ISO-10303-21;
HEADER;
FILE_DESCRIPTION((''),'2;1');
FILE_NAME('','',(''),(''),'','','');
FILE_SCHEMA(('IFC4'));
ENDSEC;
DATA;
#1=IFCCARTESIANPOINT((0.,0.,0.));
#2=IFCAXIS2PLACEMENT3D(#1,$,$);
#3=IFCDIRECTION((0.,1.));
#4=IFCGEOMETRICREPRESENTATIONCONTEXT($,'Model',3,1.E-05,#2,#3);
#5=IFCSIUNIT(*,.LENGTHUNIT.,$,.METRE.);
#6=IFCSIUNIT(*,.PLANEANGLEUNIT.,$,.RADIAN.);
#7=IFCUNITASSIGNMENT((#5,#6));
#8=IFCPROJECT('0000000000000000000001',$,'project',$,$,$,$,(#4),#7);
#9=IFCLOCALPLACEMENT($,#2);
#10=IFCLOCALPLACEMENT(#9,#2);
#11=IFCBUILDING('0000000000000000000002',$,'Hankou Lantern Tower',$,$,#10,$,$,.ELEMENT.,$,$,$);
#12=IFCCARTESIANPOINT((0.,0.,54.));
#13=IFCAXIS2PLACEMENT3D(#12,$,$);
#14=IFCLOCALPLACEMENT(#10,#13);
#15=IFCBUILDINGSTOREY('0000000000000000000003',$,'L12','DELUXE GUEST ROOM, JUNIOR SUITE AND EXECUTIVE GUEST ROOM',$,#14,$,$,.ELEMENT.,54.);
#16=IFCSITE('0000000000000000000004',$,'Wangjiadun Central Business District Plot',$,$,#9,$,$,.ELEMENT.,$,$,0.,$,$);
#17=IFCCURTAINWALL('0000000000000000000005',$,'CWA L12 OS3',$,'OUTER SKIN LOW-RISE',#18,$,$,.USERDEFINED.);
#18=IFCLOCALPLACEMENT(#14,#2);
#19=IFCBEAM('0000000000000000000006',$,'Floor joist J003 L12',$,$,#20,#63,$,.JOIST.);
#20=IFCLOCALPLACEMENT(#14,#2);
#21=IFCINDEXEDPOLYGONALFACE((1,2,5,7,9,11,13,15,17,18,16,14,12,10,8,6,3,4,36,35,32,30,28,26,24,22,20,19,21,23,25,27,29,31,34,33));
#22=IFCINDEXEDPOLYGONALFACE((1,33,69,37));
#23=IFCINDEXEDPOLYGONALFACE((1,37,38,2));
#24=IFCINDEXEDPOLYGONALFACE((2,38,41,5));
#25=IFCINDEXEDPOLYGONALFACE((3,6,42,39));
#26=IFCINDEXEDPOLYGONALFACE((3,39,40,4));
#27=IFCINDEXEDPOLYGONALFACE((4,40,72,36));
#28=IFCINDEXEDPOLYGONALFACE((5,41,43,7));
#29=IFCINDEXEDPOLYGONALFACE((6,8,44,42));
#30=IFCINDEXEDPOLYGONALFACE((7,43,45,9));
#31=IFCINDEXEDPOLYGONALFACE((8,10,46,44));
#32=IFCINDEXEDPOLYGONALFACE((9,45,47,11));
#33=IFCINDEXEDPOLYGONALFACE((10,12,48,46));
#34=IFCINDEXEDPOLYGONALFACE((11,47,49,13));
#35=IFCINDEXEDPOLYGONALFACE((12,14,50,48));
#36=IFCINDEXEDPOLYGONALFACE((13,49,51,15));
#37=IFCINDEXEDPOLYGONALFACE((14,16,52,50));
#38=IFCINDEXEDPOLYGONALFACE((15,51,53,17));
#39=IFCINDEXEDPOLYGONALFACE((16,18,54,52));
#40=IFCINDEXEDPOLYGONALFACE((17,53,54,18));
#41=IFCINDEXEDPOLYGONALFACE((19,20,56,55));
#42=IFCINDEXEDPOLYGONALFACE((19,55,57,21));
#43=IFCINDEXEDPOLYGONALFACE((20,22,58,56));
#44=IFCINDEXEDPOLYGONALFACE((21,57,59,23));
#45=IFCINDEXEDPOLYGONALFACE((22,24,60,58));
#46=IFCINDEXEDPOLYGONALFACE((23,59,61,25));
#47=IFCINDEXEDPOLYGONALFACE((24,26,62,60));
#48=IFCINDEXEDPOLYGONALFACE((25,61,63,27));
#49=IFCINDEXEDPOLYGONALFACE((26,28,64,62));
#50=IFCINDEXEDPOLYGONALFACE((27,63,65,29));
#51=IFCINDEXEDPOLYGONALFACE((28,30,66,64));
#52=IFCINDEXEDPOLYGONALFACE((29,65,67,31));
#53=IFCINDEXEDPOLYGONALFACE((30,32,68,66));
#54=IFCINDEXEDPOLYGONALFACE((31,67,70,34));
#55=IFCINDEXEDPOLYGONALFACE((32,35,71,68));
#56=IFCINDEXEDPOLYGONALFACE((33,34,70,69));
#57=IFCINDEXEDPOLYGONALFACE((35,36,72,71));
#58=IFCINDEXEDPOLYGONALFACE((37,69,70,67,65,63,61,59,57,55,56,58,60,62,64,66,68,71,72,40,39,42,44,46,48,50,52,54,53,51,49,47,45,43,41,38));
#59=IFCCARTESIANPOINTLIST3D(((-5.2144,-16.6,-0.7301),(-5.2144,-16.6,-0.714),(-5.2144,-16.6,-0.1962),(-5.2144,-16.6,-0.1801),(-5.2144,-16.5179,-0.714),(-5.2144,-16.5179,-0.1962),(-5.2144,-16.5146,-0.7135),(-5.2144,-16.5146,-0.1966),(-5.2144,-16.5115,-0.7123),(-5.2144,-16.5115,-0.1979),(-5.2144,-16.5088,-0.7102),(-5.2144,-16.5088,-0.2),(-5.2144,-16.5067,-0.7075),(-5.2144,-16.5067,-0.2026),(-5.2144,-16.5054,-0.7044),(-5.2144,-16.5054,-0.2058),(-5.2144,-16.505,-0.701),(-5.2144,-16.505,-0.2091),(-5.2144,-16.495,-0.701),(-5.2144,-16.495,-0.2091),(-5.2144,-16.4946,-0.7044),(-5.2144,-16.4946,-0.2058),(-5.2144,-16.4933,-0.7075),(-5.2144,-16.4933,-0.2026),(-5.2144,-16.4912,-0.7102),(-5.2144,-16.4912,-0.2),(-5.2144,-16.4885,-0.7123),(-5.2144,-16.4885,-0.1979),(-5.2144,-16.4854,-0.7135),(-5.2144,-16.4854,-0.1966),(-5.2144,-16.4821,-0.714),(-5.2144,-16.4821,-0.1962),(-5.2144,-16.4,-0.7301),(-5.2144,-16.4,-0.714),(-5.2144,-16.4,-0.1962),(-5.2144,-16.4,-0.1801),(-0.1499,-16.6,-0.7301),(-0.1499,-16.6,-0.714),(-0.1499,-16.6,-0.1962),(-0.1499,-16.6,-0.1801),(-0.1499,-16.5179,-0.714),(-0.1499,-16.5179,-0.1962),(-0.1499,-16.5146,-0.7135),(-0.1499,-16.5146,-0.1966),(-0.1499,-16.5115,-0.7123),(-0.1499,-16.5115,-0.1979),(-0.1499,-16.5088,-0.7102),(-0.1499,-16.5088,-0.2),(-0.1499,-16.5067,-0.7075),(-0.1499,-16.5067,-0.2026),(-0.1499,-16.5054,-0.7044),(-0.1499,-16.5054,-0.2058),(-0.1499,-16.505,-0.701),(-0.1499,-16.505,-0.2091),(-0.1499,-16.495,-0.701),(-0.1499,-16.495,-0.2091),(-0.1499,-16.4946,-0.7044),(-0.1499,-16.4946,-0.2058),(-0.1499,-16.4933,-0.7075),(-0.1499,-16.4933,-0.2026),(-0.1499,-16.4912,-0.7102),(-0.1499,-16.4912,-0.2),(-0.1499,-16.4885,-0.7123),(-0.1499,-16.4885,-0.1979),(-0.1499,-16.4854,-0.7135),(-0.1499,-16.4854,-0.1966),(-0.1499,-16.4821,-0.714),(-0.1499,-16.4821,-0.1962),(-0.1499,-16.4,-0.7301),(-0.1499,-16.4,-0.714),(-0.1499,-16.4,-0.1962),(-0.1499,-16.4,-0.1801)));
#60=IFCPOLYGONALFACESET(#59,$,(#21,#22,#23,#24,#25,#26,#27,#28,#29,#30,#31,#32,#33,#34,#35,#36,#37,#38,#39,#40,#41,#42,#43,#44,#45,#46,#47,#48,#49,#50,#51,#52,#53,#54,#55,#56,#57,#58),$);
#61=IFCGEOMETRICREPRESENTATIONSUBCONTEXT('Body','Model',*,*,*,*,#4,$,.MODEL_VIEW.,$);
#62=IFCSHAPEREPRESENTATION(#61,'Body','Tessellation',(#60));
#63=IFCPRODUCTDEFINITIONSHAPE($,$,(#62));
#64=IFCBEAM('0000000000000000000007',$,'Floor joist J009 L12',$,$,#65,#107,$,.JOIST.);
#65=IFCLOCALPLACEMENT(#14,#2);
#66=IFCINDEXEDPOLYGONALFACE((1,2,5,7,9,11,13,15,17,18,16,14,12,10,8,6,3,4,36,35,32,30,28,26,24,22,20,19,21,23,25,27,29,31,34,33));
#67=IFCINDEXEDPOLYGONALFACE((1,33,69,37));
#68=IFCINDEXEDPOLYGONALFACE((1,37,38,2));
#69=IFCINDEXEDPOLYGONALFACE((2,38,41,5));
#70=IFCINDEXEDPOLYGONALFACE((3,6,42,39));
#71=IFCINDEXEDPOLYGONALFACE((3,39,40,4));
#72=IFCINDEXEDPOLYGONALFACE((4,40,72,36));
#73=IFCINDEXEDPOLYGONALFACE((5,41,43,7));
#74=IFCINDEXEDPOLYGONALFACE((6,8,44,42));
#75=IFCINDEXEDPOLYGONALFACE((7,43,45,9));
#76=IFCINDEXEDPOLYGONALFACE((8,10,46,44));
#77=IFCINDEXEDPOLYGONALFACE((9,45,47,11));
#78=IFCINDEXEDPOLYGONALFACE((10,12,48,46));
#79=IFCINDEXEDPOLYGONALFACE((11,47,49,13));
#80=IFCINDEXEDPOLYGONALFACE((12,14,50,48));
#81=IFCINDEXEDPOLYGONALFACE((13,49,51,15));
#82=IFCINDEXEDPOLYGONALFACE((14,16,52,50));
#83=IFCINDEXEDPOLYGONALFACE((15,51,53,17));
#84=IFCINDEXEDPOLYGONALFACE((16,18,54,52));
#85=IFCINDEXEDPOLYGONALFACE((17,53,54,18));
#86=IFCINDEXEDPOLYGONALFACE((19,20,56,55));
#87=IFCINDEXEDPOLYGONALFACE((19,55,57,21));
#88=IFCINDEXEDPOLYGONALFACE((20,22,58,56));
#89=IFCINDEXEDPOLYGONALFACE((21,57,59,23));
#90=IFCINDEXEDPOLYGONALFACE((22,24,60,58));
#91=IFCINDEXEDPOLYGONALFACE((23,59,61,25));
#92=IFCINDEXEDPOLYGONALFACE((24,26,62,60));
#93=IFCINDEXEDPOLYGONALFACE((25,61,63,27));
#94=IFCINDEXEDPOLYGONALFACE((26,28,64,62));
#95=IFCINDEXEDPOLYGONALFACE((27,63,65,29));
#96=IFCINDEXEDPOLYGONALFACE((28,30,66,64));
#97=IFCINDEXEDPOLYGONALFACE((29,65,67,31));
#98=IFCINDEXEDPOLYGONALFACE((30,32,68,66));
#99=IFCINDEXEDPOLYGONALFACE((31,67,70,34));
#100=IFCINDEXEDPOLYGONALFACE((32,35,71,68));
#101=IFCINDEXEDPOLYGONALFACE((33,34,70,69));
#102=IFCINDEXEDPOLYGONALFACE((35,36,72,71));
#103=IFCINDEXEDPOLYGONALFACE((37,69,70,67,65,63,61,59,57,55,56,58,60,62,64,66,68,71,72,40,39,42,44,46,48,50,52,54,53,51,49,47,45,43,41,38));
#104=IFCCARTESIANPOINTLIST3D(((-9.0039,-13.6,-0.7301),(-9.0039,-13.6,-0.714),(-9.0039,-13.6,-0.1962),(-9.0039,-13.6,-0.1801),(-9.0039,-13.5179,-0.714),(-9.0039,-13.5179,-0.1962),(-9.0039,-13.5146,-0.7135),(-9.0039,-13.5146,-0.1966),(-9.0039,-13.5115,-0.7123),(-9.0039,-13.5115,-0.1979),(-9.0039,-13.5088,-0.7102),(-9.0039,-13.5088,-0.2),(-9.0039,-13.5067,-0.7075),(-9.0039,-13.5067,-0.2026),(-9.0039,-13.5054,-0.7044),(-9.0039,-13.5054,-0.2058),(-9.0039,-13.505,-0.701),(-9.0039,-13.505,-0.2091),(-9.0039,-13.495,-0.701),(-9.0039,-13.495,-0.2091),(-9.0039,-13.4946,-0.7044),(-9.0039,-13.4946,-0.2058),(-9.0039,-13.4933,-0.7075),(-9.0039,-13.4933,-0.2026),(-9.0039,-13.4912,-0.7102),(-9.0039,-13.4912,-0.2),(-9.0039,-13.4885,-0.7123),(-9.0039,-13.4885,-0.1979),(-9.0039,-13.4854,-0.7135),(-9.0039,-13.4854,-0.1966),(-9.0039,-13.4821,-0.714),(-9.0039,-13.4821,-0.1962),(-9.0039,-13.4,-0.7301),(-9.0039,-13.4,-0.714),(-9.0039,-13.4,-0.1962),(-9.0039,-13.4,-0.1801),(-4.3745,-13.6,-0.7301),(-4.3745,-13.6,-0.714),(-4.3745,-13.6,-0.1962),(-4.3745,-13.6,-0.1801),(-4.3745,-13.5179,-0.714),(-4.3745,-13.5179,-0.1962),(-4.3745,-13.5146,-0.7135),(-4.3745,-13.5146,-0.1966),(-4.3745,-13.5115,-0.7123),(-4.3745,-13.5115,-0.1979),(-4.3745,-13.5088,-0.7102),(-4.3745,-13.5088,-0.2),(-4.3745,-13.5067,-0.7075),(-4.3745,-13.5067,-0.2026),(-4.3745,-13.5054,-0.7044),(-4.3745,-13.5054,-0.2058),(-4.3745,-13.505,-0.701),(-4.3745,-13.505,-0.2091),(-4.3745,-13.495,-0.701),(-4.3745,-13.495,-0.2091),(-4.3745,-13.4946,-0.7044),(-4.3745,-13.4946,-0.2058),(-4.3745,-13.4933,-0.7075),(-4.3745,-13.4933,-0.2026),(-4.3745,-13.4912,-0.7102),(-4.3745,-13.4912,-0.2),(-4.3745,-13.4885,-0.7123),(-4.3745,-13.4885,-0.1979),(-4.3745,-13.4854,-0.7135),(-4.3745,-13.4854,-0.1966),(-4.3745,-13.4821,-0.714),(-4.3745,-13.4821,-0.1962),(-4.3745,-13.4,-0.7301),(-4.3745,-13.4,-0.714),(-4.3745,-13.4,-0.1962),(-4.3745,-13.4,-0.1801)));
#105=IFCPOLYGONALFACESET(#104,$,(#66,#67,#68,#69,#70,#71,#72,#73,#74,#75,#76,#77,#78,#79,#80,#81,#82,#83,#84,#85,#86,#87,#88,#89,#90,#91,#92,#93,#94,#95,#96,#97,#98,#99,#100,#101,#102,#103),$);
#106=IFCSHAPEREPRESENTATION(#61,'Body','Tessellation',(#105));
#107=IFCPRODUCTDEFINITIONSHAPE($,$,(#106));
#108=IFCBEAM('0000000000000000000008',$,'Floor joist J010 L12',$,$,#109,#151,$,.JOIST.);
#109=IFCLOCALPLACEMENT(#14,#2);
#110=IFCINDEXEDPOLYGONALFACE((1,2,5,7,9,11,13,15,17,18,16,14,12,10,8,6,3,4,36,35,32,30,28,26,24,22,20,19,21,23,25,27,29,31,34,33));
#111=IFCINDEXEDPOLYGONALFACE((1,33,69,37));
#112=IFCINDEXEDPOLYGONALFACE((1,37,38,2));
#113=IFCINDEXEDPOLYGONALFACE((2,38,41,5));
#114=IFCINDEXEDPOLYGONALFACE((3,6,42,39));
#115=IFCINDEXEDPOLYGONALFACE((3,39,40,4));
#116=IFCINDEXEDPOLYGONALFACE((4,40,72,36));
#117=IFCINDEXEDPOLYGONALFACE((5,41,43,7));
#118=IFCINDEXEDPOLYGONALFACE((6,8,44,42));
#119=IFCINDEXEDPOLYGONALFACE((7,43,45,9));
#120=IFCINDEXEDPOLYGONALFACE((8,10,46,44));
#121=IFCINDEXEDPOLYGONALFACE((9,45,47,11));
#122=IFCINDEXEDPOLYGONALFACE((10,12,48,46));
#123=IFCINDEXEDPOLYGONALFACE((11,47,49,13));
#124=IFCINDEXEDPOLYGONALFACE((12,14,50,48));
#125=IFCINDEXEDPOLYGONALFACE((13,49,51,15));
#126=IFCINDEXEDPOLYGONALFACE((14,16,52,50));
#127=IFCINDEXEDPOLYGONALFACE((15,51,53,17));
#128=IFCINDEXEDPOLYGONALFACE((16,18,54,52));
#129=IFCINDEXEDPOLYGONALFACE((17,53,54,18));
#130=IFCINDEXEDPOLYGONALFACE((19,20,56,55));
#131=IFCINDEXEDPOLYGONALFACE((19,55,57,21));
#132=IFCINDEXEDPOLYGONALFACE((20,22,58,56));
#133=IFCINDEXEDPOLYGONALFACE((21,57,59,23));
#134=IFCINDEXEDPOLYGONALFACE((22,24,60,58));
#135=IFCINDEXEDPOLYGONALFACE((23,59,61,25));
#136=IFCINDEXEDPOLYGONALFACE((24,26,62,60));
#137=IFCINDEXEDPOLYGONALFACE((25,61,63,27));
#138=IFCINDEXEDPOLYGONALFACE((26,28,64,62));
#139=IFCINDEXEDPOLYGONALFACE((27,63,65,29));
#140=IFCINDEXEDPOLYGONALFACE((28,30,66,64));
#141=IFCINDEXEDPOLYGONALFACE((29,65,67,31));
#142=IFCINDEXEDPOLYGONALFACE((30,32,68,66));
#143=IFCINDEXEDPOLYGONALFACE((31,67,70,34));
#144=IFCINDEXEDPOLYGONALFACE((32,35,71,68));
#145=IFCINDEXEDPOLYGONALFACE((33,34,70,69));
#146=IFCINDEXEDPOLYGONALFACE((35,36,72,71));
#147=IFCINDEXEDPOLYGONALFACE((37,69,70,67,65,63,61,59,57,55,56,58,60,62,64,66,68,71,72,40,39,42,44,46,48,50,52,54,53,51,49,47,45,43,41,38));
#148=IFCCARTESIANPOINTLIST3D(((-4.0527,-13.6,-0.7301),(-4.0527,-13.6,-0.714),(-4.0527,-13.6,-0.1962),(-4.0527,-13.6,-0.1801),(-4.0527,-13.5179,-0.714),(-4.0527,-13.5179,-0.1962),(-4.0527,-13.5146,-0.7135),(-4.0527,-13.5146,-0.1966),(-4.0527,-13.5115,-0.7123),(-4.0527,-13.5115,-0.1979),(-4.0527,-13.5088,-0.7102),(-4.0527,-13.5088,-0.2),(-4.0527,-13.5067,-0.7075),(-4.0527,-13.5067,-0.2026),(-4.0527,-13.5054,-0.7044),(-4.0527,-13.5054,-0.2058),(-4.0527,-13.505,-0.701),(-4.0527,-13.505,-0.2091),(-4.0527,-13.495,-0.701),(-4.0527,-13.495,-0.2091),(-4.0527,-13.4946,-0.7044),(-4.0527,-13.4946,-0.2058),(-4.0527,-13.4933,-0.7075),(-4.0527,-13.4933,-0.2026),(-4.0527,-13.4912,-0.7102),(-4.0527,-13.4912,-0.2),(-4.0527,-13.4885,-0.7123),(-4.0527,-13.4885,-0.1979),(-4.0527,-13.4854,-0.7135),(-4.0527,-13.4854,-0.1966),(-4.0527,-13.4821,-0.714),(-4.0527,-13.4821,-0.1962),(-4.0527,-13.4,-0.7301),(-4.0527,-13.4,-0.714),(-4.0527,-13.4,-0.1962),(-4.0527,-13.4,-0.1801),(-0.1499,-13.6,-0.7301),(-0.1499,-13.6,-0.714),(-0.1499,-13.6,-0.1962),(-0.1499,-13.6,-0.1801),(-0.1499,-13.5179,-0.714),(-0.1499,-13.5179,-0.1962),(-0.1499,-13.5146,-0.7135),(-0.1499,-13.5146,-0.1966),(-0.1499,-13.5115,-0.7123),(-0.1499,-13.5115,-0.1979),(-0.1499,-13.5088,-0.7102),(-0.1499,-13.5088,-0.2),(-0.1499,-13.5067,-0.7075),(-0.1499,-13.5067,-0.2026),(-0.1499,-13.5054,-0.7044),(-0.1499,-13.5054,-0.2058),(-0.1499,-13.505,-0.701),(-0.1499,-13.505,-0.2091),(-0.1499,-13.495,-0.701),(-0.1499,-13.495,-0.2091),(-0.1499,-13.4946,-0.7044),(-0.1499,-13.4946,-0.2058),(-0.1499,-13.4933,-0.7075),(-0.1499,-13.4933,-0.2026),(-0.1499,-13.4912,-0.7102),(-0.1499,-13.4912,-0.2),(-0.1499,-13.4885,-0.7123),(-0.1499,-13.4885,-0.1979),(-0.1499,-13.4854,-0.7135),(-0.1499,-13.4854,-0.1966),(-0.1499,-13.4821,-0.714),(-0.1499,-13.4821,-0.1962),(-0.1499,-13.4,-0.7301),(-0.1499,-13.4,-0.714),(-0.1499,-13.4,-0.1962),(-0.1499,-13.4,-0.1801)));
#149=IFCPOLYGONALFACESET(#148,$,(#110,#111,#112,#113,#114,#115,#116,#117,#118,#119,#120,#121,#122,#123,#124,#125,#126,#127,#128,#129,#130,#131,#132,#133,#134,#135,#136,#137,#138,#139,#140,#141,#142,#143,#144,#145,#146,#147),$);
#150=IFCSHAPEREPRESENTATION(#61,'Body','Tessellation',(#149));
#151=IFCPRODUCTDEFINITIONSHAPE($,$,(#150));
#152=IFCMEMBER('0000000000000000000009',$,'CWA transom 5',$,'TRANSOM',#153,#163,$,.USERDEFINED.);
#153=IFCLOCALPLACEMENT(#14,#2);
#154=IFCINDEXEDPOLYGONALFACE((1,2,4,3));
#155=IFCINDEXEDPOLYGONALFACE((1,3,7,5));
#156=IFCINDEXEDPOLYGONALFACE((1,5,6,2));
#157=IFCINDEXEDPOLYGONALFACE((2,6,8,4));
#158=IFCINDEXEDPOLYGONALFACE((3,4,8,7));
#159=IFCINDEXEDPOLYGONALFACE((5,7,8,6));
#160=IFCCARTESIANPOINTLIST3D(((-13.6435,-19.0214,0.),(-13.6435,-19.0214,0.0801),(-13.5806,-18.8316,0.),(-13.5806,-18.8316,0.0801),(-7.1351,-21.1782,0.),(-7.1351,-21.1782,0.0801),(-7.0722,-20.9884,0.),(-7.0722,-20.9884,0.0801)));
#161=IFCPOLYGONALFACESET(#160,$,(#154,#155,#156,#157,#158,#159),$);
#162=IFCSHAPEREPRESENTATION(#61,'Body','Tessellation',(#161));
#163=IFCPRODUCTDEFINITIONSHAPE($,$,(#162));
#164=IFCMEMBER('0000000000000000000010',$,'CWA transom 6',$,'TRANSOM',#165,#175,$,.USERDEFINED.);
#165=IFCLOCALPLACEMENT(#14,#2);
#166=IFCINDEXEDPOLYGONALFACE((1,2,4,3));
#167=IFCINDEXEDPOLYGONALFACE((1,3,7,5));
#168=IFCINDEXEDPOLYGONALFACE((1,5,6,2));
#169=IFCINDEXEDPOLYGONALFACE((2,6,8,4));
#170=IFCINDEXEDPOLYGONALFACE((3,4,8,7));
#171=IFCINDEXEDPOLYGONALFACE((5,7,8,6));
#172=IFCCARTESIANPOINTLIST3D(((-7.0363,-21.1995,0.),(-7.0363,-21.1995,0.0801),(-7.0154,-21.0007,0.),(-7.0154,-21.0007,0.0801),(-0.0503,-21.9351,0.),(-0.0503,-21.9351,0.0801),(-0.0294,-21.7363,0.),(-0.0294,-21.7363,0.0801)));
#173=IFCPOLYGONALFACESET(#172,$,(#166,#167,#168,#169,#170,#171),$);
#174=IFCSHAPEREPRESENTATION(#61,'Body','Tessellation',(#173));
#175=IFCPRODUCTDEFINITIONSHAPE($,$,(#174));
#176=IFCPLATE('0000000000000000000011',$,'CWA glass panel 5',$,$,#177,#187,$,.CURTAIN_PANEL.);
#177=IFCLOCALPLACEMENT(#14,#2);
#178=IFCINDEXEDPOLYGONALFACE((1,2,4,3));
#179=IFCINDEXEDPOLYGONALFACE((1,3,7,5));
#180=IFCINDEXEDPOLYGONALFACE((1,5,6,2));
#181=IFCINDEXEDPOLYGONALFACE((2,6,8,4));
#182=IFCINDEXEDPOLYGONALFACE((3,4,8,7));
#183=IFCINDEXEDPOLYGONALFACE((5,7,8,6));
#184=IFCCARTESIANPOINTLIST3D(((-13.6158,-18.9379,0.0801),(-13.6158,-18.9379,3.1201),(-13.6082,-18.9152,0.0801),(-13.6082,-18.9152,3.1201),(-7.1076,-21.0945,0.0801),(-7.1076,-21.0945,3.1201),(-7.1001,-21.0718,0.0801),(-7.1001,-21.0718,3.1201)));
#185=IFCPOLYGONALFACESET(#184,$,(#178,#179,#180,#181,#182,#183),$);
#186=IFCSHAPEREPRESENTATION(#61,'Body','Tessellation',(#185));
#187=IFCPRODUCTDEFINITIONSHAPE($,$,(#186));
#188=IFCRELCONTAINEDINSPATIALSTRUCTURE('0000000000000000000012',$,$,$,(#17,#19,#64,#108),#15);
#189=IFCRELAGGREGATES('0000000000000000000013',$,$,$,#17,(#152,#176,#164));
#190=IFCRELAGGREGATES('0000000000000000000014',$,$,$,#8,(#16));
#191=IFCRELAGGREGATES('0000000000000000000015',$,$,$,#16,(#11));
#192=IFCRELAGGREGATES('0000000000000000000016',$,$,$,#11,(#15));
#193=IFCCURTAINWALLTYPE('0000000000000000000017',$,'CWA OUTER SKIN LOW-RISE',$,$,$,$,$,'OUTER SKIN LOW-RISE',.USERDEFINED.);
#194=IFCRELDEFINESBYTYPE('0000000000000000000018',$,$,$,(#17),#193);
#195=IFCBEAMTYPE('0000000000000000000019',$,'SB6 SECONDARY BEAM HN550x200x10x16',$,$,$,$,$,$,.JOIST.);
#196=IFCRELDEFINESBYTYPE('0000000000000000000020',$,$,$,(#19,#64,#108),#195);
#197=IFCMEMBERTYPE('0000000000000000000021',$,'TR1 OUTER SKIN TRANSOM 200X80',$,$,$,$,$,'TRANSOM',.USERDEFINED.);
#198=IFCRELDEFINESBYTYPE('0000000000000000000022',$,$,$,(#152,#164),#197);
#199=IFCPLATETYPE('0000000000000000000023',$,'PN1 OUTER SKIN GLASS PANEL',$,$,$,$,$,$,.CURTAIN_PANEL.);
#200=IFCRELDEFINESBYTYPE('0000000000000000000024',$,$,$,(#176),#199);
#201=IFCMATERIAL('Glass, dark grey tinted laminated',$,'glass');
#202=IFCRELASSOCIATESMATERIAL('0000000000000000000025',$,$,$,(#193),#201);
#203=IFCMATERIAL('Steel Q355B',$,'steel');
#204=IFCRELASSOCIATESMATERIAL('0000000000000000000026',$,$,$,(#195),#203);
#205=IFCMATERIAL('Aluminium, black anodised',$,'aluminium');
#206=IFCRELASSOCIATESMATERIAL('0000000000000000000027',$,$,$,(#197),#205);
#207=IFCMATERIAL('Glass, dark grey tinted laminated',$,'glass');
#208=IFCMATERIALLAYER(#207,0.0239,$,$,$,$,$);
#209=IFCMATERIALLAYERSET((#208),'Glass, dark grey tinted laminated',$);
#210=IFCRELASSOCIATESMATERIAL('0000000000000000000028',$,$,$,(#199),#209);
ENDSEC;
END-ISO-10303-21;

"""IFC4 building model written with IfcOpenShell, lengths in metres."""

from ifc_helpers import new_model, si_unit, direction, frame, origin, origin_2d, place, context, subcontext, project, spatial, rectangle, i_section, extrude, material, layer, layer_set, material_profile, profile_set, type_object, element, aggregate, save


model = new_model("IFC4")

# Units and contexts
model_context = context("Model", 3, precision=1e-05, world=origin(), true_north=direction((0.0, 1.0)))
body_context = subcontext(model_context, "Body", "Model", "MODEL_VIEW")
ifc_project = project(units=[si_unit("LENGTHUNIT", "METRE"), si_unit("PLANEANGLEUNIT", "RADIAN")], contexts=[model_context])

# Site, building, storey
site_placement = place(None, origin())
site = spatial("IfcSite", under=ifc_project, at=site_placement, Name="Wangjiadun Central Business District Plot", CompositionType="ELEMENT", RefElevation=0.0)
building_placement = place(site_placement, origin())
building = spatial("IfcBuilding", under=site, at=building_placement, Name="Hankou Lantern Tower", CompositionType="ELEMENT")
storey_placement = place(building_placement, frame((0.0, 0.0, 54.0)))
storey = spatial("IfcBuildingStorey", under=building, at=storey_placement, Name="L12", Description="DELUXE GUEST ROOM, JUNIOR SUITE AND EXECUTIVE GUEST ROOM", CompositionType="ELEMENT", Elevation=54.0)

# Curtain wall
ifc_material_1 = material(Name="Glass, dark grey tinted laminated", Category="glass")
curtain_wall_type = type_object("IfcCurtainWallType", Name="CWA OUTER SKIN LOW-RISE", ElementType="OUTER SKIN LOW-RISE", PredefinedType="USERDEFINED", material=ifc_material_1)
curtain_wall_placement = place(storey_placement, origin())
curtain_wall = element("IfcCurtainWall", 1, at=curtain_wall_placement, inside=storey, type_object=curtain_wall_type, Name="CWA L12 OS3", ObjectType="OUTER SKIN LOW-RISE", PredefinedType="USERDEFINED")

# Beams
ifc_material_2 = material(Name="Steel Q355B", Category="steel")
ifc_material_profile_1 = material_profile(ifc_material_2, i_section(OverallWidth=0.2, OverallDepth=0.55, WebThickness=0.01, FlangeThickness=0.0161, FilletRadius=0.0129, at=origin_2d()), Name="HN550x200x10x16")
ifc_profile_set_1 = profile_set([ifc_material_profile_1], Name="Steel Q355B")
beam_type_1 = type_object("IfcBeamType", Name="SB6 SECONDARY BEAM HN550x200x10x16", PredefinedType="JOIST", material=ifc_profile_set_1)
beam_1_placement = place(storey_placement, frame((-5.2144, -16.5, -0.4551), z_axis=(1.0, 0.0, 0.0), x_axis=(0.0, 1.0, 0.0)))
element("IfcBeam", 2, at=beam_1_placement, inside=storey, type_object=beam_type_1, Name="Floor joist J003 L12", PredefinedType="JOIST", context=body_context, shape_type="SweptSolid", body=[
    extrude(i_section(OverallWidth=0.2, OverallDepth=0.55, WebThickness=0.01, FlangeThickness=0.0161, FilletRadius=0.0129, at=origin_2d()), origin(), (0.0, 0.0, 1.0), 5.0645),
])
beam_2_placement = place(storey_placement, frame((-9.0039, -13.5, -0.4551), z_axis=(1.0, 0.0, 0.0), x_axis=(0.0, 1.0, 0.0)))
element("IfcBeam", 3, at=beam_2_placement, inside=storey, type_object=beam_type_1, Name="Floor joist J009 L12", PredefinedType="JOIST", context=body_context, shape_type="SweptSolid", body=[
    extrude(i_section(OverallWidth=0.2, OverallDepth=0.55, WebThickness=0.01, FlangeThickness=0.0161, FilletRadius=0.0129, at=origin_2d()), origin(), (0.0, 0.0, 1.0), 4.6294),
])
beam_3_placement = place(storey_placement, frame((-4.0527, -13.5, -0.4551), z_axis=(1.0, 0.0, 0.0), x_axis=(0.0, 1.0, 0.0)))
element("IfcBeam", 4, at=beam_3_placement, inside=storey, type_object=beam_type_1, Name="Floor joist J010 L12", PredefinedType="JOIST", context=body_context, shape_type="SweptSolid", body=[
    extrude(i_section(OverallWidth=0.2, OverallDepth=0.55, WebThickness=0.01, FlangeThickness=0.0161, FilletRadius=0.0129, at=origin_2d()), origin(), (0.0, 0.0, 1.0), 3.9028),
])

# Members
ifc_material_3 = material(Name="Aluminium, black anodised", Category="aluminium")
ifc_material_profile_2 = material_profile(ifc_material_3, rectangle(XDim=0.2, YDim=0.0801, at=origin_2d()), Name="TR1 200X80")
ifc_profile_set_2 = profile_set([ifc_material_profile_2], Name="Aluminium, black anodised")
member_type_1 = type_object("IfcMemberType", Name="TR1 OUTER SKIN TRANSOM 200X80", ElementType="TRANSOM", PredefinedType="USERDEFINED", material=ifc_profile_set_2)
member_1_placement = place(storey_placement, frame((-13.6121, -18.9265, 0.04), z_axis=(0.949237, -0.314561, 0.0), x_axis=(0.314561, 0.949237, 0.0)))
member_1 = element("IfcMember", 5, at=member_1_placement, type_object=member_type_1, Name="CWA transom 5", ObjectType="TRANSOM", PredefinedType="USERDEFINED", context=body_context, shape_type="SweptSolid", body=[
    extrude(rectangle(XDim=0.2, YDim=0.0801, at=origin_2d()), origin(), (0.0, 0.0, 1.0), 6.8564),
])
member_2_placement = place(storey_placement, frame((-7.0259, -21.1001, 0.04), z_axis=(0.994502, -0.104716, 0.0), x_axis=(0.104716, 0.994502, 0.0)))
member_2 = element("IfcMember", 6, at=member_2_placement, type_object=member_type_1, Name="CWA transom 6", ObjectType="TRANSOM", PredefinedType="USERDEFINED", context=body_context, shape_type="SweptSolid", body=[
    extrude(rectangle(XDim=0.2, YDim=0.0801, at=origin_2d()), origin(), (0.0, 0.0, 1.0), 7.0247),
])

# Plate
ifc_material_4 = material(Name="Glass, dark grey tinted laminated", Category="glass")
ifc_layer_1 = layer(ifc_material_4, 0.0239)
ifc_layer_set_1 = layer_set([ifc_layer_1], Name="Glass, dark grey tinted laminated")
plate_type = type_object("IfcPlateType", Name="PN1 OUTER SKIN GLASS PANEL", PredefinedType="CURTAIN_PANEL", material=ifc_layer_set_1)
plate_1_placement = place(storey_placement, frame((-10.3579, -20.0049, 0.0801), z_axis=(0.0, 0.0, 1.0), x_axis=(0.949241, -0.314551, 0.0)))
plate_1 = element("IfcPlate", 7, at=plate_1_placement, type_object=plate_type, Name="CWA glass panel 5", PredefinedType="CURTAIN_PANEL", context=body_context, shape_type="SweptSolid", body=[
    extrude(rectangle(XDim=6.8562, YDim=0.0239, at=origin_2d()), origin(), (0.0, 0.0, 1.0), 3.04),
])
aggregate(curtain_wall, [member_1, plate_1, member_2])

save(model, "model.ifc")
